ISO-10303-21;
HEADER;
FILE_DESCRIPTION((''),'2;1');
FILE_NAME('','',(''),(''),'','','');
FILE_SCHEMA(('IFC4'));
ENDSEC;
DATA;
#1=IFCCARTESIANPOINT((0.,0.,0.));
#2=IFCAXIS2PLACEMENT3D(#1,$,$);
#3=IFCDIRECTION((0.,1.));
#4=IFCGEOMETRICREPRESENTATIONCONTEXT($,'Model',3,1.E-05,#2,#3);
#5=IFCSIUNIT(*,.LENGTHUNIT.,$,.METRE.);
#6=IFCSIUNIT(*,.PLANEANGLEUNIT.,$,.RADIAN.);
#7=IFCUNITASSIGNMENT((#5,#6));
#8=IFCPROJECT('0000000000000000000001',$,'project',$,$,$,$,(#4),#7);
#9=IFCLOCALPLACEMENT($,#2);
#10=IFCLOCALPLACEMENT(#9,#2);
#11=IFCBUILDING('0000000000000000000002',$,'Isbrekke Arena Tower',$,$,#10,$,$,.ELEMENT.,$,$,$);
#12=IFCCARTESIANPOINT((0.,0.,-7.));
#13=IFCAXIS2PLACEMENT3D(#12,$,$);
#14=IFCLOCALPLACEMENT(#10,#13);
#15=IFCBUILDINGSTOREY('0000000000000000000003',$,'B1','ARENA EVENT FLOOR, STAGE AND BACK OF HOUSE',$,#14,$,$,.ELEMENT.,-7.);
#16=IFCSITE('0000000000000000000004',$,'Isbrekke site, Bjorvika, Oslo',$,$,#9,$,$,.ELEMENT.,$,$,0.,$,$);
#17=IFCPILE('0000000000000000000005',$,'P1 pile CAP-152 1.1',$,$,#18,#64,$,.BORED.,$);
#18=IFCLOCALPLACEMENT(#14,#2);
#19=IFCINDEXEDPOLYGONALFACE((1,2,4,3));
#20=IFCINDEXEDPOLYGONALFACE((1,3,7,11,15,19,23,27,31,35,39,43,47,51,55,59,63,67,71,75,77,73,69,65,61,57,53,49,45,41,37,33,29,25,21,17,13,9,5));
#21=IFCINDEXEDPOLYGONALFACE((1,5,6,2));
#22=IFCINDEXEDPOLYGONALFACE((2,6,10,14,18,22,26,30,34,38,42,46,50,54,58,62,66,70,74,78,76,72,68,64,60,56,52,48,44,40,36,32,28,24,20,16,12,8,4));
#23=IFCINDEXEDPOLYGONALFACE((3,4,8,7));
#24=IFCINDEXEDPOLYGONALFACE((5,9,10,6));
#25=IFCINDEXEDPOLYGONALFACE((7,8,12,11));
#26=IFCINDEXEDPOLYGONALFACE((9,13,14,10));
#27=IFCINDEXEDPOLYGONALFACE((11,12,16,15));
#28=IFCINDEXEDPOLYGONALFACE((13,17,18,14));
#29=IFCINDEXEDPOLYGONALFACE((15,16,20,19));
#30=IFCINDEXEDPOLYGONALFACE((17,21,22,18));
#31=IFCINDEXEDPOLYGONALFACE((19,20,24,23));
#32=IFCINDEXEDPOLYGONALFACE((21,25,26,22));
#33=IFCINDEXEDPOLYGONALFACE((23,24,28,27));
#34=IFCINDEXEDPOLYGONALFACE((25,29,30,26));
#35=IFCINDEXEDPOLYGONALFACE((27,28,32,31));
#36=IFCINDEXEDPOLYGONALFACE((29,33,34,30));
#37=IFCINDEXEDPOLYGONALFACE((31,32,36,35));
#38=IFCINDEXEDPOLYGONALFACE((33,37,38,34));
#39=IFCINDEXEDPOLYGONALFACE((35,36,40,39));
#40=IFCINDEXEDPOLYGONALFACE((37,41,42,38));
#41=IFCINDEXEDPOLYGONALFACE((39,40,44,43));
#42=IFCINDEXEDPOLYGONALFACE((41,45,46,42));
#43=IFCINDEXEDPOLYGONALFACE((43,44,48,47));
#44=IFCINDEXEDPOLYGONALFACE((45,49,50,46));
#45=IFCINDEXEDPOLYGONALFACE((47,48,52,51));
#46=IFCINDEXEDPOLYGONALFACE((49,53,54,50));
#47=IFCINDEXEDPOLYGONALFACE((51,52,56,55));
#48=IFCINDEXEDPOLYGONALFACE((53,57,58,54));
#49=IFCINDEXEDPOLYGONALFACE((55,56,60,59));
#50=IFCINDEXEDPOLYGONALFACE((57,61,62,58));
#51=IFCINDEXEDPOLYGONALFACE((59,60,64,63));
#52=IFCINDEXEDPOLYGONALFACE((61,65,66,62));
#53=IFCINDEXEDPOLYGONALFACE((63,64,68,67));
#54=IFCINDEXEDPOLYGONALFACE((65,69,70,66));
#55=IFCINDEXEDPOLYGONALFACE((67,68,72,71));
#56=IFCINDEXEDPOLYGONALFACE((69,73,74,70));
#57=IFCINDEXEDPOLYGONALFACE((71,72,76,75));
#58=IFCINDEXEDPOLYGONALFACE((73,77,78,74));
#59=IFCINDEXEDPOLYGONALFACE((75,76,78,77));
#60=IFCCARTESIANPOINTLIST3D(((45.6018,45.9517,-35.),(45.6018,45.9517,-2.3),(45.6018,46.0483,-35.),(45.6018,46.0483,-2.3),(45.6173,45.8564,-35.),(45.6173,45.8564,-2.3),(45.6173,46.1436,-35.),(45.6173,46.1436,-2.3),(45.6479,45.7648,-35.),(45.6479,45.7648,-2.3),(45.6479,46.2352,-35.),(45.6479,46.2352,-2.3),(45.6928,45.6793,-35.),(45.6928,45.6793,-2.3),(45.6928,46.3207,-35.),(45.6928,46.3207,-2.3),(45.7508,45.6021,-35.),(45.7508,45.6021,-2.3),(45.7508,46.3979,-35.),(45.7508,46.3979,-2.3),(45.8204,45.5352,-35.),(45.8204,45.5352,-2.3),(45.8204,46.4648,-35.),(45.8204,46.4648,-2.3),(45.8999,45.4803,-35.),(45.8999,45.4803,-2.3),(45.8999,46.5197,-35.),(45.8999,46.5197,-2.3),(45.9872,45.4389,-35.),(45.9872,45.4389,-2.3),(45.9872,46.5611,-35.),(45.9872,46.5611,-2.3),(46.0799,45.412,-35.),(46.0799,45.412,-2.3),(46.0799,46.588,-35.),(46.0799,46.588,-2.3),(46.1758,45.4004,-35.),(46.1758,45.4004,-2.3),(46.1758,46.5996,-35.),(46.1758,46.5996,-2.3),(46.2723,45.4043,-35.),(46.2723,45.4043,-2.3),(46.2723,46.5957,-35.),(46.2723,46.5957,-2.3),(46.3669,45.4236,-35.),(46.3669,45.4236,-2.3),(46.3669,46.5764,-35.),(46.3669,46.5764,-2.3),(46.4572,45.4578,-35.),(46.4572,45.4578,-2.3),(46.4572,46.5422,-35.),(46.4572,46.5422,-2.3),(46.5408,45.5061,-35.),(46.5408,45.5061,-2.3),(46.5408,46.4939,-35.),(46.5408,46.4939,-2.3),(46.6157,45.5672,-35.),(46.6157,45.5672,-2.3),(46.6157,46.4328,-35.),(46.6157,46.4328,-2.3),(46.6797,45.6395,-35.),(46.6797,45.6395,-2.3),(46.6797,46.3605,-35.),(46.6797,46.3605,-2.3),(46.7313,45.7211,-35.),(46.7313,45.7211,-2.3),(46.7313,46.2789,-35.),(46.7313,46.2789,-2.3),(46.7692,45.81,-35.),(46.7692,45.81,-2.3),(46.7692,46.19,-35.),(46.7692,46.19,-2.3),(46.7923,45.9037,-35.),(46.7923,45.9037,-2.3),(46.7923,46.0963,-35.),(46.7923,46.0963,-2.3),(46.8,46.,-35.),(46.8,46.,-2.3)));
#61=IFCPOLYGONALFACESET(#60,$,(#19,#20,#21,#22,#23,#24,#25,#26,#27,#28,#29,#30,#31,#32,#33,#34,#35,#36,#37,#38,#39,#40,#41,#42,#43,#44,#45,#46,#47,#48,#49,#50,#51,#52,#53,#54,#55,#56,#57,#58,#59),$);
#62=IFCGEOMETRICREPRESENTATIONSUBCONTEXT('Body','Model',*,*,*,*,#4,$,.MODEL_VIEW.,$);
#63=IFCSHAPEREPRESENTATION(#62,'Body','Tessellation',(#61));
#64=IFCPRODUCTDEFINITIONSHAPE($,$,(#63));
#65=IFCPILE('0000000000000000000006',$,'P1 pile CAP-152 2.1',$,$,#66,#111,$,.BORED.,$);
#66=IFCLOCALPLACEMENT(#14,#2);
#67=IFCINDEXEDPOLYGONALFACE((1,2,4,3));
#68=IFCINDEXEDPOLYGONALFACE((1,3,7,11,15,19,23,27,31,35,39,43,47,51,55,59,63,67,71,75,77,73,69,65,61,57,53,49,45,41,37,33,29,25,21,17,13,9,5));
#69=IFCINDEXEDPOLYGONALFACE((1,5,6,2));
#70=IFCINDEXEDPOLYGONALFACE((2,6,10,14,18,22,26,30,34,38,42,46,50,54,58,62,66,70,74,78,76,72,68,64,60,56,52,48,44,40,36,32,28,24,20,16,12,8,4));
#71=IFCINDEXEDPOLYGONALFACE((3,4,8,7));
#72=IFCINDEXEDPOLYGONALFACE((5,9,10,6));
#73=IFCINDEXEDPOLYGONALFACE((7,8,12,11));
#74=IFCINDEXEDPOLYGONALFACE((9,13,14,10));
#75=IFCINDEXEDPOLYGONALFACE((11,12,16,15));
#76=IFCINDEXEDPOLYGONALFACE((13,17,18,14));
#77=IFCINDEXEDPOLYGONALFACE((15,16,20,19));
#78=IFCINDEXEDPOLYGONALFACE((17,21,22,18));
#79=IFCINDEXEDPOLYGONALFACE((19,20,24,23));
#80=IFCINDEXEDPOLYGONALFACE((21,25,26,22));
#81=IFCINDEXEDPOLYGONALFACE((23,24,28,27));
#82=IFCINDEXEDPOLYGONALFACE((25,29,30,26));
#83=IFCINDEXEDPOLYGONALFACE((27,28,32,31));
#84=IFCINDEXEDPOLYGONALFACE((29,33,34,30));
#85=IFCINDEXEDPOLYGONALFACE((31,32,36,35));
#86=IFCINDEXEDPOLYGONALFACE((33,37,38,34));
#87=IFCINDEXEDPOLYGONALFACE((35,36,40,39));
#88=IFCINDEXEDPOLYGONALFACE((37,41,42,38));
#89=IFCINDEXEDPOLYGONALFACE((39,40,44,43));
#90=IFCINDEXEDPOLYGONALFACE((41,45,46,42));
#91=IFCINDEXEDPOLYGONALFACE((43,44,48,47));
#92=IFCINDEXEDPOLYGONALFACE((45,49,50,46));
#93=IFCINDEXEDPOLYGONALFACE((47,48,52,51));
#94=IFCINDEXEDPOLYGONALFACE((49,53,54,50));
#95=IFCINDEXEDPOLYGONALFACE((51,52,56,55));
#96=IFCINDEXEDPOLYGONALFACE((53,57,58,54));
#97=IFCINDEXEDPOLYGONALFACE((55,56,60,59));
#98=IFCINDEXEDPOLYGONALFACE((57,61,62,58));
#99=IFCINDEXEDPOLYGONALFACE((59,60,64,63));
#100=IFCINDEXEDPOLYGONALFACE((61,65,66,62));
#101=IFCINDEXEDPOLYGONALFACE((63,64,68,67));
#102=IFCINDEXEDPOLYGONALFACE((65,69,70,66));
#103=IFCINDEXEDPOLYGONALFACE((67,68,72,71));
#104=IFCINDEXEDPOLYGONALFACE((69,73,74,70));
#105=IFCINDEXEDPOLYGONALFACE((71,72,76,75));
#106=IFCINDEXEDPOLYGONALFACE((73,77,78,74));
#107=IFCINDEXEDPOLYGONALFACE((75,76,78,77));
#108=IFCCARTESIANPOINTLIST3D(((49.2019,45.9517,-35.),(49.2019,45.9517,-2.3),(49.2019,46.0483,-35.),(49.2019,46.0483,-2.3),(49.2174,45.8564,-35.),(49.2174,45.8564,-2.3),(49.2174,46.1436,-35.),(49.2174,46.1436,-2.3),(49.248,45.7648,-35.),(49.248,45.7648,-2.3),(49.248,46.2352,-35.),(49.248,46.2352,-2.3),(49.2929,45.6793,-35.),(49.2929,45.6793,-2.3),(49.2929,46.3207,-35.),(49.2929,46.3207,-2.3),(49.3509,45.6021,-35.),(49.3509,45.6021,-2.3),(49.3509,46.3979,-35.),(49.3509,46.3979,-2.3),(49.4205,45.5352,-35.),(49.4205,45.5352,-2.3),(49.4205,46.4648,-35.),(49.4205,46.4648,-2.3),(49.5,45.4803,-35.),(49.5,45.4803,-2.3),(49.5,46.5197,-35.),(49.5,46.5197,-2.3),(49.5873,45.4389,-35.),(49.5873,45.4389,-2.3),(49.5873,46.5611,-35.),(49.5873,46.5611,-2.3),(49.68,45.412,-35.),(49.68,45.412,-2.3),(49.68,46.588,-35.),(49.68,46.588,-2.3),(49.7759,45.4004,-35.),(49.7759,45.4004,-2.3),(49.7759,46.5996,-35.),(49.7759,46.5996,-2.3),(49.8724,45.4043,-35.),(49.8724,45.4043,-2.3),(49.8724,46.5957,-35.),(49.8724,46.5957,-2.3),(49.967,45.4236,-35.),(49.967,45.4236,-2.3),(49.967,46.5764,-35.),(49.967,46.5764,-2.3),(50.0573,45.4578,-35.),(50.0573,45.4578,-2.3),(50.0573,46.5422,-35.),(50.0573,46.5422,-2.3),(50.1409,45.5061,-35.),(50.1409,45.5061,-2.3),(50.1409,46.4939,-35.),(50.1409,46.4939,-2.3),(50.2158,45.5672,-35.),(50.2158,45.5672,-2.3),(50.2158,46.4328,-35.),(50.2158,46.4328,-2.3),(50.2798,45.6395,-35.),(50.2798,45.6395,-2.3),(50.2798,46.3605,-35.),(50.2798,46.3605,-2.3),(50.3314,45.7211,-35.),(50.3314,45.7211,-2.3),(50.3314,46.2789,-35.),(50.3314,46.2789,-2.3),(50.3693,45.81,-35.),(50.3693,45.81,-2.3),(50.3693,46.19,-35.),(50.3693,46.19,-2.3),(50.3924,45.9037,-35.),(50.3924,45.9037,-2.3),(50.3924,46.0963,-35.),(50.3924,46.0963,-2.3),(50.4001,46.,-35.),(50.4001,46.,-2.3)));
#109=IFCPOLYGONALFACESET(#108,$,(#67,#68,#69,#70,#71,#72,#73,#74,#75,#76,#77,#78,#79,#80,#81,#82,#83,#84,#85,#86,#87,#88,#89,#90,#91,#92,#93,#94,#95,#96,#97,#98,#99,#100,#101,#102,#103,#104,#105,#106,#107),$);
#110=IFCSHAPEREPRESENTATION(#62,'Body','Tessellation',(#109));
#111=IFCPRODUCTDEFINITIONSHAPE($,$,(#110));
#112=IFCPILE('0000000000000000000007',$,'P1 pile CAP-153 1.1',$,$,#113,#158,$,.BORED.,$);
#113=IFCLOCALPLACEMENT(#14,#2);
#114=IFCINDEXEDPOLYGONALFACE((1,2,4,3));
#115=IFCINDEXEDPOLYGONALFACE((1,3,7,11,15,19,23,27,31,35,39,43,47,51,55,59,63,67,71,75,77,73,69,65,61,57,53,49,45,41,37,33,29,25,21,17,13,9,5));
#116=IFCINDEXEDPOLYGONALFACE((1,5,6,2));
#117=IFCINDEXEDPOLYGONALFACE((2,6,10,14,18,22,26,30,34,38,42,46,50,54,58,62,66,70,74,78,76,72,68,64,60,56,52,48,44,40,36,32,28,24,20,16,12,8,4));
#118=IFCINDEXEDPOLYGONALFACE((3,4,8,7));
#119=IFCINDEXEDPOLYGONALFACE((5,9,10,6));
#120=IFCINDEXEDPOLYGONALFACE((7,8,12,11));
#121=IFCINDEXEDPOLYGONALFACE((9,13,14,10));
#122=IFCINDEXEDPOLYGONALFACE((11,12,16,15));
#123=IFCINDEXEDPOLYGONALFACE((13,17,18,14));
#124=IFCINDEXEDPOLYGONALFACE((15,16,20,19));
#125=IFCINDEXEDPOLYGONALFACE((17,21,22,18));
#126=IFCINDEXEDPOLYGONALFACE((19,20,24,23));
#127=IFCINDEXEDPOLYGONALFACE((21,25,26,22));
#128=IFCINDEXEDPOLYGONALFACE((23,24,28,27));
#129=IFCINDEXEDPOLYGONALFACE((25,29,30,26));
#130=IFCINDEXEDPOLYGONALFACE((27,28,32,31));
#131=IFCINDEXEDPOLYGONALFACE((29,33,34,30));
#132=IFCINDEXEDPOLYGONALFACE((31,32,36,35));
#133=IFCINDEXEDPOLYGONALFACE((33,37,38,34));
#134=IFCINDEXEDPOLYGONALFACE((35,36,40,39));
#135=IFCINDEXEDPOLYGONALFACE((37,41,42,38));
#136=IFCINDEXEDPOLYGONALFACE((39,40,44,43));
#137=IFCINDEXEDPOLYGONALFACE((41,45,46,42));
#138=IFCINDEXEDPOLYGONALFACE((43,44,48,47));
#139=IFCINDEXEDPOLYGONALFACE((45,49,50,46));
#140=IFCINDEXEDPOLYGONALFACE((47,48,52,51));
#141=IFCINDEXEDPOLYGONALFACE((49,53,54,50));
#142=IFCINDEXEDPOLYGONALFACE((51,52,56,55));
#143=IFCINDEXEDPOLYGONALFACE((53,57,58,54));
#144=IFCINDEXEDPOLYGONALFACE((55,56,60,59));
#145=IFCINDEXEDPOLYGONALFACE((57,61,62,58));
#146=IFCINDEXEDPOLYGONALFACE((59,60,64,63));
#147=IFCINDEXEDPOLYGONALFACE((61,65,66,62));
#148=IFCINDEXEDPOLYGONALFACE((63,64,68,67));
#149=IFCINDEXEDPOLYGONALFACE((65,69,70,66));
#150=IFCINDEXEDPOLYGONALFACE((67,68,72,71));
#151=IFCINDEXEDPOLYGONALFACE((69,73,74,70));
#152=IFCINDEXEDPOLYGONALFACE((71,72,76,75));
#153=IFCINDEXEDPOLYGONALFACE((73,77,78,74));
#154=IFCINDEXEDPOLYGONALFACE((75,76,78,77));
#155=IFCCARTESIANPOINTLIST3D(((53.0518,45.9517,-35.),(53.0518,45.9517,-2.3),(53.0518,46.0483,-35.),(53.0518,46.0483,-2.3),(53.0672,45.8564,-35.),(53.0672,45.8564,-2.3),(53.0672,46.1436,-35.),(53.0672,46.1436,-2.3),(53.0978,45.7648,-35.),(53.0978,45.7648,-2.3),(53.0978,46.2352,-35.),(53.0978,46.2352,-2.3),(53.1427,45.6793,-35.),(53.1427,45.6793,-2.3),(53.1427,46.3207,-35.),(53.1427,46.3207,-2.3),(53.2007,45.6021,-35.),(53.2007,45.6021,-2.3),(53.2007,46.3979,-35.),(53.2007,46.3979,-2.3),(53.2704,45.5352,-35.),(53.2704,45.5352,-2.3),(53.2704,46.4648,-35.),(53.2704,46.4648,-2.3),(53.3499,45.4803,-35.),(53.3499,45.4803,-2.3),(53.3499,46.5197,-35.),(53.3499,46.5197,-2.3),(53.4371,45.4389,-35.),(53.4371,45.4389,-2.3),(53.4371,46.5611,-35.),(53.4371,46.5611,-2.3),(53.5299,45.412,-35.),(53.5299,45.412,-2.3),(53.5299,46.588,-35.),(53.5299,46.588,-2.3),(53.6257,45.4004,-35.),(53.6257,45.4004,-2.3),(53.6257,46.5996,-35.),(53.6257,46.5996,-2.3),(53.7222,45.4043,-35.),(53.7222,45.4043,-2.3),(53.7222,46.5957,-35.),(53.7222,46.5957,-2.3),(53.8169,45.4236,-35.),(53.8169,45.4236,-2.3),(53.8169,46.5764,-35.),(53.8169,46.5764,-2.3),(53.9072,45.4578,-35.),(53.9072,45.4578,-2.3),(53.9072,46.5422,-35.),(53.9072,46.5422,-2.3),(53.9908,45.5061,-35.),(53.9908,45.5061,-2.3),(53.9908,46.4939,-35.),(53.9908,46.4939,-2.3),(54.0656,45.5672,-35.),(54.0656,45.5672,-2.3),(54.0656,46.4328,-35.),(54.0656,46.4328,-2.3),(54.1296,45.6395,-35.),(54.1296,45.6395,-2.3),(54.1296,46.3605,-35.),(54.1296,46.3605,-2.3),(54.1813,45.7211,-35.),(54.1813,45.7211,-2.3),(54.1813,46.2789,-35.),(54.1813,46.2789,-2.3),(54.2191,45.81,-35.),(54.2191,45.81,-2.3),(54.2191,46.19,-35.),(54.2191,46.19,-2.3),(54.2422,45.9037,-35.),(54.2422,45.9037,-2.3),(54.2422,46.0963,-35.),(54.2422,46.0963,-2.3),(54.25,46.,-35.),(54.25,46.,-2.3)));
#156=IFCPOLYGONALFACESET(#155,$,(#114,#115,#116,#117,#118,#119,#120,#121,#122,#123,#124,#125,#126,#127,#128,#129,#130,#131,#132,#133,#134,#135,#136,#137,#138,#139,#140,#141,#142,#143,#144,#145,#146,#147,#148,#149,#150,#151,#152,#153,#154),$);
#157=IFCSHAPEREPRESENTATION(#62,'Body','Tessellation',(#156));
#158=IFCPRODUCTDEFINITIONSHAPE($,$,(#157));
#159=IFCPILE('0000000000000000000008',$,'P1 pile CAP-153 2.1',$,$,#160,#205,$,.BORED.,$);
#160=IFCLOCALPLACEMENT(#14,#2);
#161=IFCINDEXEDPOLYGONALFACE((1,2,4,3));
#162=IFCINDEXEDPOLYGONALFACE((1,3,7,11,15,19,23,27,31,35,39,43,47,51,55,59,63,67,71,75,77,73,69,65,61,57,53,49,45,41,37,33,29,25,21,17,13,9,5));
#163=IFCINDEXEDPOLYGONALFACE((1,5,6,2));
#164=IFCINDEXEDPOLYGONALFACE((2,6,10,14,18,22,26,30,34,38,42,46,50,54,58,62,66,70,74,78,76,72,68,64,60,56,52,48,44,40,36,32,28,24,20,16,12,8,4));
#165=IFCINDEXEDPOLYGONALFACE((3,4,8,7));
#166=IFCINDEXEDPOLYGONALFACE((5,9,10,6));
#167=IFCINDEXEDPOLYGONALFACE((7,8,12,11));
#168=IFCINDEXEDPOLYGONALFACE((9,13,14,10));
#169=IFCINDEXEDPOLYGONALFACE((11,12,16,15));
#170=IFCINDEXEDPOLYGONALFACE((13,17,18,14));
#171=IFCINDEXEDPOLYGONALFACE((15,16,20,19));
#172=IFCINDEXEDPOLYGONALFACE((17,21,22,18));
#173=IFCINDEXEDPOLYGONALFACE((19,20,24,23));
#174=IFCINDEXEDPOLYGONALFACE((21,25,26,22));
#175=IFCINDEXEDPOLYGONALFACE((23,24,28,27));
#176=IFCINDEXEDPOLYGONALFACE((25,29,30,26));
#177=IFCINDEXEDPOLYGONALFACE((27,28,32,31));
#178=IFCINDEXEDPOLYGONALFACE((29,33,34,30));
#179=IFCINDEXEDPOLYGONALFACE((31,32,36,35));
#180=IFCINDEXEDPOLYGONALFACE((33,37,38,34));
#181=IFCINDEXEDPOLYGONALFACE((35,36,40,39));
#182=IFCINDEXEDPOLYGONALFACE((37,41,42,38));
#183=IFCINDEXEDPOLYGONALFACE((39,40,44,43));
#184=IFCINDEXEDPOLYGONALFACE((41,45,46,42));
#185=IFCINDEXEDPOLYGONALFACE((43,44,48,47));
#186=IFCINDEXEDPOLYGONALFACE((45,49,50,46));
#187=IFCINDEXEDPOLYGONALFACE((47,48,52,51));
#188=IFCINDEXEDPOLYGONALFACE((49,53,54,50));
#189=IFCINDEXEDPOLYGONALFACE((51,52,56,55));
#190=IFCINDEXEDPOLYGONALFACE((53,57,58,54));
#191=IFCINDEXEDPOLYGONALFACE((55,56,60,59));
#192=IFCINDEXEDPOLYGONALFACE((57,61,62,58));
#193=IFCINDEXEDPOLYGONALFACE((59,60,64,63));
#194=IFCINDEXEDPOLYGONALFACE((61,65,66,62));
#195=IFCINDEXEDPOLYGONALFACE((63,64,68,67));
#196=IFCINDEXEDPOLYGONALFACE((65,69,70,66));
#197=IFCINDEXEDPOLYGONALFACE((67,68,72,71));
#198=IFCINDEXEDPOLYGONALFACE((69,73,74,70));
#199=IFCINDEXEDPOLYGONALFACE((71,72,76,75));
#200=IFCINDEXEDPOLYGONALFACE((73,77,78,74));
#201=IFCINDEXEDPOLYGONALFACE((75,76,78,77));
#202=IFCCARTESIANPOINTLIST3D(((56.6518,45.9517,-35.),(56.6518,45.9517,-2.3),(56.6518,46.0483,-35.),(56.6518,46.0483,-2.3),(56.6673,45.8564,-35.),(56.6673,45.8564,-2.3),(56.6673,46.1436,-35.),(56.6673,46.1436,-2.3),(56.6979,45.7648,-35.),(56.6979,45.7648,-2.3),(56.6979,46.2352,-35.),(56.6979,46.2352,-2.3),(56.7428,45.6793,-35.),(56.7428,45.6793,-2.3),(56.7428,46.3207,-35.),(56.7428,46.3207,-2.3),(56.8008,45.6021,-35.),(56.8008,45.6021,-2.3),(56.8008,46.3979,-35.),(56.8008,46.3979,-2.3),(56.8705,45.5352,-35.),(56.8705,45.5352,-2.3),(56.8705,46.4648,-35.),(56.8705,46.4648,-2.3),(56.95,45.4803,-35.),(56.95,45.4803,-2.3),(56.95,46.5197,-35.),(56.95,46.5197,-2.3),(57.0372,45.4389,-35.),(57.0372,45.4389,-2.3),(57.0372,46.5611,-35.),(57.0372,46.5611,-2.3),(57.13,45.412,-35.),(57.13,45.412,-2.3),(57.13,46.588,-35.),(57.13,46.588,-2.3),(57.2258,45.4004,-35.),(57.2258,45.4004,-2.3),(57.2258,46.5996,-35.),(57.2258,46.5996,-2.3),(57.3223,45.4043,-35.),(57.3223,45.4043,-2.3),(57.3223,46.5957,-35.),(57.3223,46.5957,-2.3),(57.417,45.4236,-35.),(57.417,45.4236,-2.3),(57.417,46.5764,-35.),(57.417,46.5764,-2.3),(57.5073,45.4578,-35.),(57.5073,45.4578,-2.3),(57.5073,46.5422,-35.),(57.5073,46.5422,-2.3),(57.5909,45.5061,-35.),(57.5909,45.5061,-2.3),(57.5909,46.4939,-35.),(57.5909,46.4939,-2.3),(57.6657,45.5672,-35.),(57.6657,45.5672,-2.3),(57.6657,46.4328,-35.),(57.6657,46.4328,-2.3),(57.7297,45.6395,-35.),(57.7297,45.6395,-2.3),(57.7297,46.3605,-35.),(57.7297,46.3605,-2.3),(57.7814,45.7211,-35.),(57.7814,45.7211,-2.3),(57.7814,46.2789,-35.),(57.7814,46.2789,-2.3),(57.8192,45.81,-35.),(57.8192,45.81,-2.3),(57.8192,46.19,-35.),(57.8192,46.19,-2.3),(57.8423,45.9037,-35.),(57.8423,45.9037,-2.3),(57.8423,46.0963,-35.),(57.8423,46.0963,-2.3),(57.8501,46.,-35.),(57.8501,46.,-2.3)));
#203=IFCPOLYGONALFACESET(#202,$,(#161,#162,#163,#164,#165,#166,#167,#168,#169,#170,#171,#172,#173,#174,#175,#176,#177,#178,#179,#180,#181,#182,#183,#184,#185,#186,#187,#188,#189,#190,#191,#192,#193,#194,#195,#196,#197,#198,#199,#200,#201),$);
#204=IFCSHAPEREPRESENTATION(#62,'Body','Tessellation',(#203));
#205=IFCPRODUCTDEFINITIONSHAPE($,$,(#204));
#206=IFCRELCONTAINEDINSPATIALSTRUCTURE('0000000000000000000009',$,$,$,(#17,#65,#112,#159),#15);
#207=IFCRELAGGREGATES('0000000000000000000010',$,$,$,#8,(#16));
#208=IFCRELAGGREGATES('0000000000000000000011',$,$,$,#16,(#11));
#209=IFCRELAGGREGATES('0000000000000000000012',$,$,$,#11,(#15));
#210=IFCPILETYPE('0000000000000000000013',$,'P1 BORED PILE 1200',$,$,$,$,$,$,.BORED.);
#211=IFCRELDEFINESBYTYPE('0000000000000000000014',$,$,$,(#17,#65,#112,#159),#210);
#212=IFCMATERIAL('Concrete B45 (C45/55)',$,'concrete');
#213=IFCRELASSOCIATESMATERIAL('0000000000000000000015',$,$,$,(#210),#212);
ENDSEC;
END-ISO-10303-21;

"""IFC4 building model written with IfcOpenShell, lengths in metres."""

from ifc_helpers import new_model, si_unit, direction, frame, origin, origin_2d, place, context, subcontext, project, spatial, circle, extrude, material, material_profile, profile_set, type_object, element, save


model = new_model("IFC4")

# Units and contexts
model_context = context("Model", 3, precision=1e-05, world=origin(), true_north=direction((0.0, 1.0)))
body_context = subcontext(model_context, "Body", "Model", "MODEL_VIEW")
ifc_project = project(units=[si_unit("LENGTHUNIT", "METRE"), si_unit("PLANEANGLEUNIT", "RADIAN")], contexts=[model_context])

# Site, building, storey
site_placement = place(None, origin())
site = spatial("IfcSite", under=ifc_project, at=site_placement, Name="Isbrekke site, Bjorvika, Oslo", CompositionType="ELEMENT", RefElevation=0.0)
building_placement = place(site_placement, origin())
building = spatial("IfcBuilding", under=site, at=building_placement, Name="Isbrekke Arena Tower", CompositionType="ELEMENT")
storey_placement = place(building_placement, frame((0.0, 0.0, -7.0)))
storey = spatial("IfcBuildingStorey", under=building, at=storey_placement, Name="B1", Description="ARENA EVENT FLOOR, STAGE AND BACK OF HOUSE", CompositionType="ELEMENT", Elevation=-7.0)

# Piles
ifc_material_1 = material(Name="Concrete B45 (C45/55)", Category="concrete")
ifc_material_profile_1 = material_profile(ifc_material_1, circle(Radius=0.6001, at=origin_2d()), Name="BORED PILE D1200")
ifc_profile_set_1 = profile_set([ifc_material_profile_1], Name="Concrete B45 (C45/55)")
pile_type = type_object("IfcPileType", Name="P1 BORED PILE 1200", PredefinedType="BORED", material=ifc_profile_set_1)
for number, where, z_axis, x_axis, name in (
    (1, (46.2, 46.0, -2.3), (0.0, 0.0, -1.0), (1.0, 0.0, 0.0), "P1 pile CAP-152 1.1"),
    (2, (49.8, 46.0, -2.3), (0.0, 0.0, -1.0), (1.0, 0.0, 0.0), "P1 pile CAP-152 2.1"),
    (3, (53.6499, 46.0, -2.3), (0.0, 0.0, -1.0), (1.0, 0.0, 0.0), "P1 pile CAP-153 1.1"),
    (4, (57.25, 46.0, -2.3), (0.0, 0.0, -1.0), (1.0, 0.0, 0.0), "P1 pile CAP-153 2.1"),
):
    element("IfcPile", number, at=place(storey_placement, frame(where, z_axis=z_axis, x_axis=x_axis)), inside=storey, type_object=pile_type, Name=name, PredefinedType="BORED", context=body_context, shape_type="SweptSolid", body=[
        extrude(circle(Radius=0.6001, at=origin_2d()), origin(), (0.0, 0.0, 1.0), 32.7),
    ])

save(model, "model.ifc")
